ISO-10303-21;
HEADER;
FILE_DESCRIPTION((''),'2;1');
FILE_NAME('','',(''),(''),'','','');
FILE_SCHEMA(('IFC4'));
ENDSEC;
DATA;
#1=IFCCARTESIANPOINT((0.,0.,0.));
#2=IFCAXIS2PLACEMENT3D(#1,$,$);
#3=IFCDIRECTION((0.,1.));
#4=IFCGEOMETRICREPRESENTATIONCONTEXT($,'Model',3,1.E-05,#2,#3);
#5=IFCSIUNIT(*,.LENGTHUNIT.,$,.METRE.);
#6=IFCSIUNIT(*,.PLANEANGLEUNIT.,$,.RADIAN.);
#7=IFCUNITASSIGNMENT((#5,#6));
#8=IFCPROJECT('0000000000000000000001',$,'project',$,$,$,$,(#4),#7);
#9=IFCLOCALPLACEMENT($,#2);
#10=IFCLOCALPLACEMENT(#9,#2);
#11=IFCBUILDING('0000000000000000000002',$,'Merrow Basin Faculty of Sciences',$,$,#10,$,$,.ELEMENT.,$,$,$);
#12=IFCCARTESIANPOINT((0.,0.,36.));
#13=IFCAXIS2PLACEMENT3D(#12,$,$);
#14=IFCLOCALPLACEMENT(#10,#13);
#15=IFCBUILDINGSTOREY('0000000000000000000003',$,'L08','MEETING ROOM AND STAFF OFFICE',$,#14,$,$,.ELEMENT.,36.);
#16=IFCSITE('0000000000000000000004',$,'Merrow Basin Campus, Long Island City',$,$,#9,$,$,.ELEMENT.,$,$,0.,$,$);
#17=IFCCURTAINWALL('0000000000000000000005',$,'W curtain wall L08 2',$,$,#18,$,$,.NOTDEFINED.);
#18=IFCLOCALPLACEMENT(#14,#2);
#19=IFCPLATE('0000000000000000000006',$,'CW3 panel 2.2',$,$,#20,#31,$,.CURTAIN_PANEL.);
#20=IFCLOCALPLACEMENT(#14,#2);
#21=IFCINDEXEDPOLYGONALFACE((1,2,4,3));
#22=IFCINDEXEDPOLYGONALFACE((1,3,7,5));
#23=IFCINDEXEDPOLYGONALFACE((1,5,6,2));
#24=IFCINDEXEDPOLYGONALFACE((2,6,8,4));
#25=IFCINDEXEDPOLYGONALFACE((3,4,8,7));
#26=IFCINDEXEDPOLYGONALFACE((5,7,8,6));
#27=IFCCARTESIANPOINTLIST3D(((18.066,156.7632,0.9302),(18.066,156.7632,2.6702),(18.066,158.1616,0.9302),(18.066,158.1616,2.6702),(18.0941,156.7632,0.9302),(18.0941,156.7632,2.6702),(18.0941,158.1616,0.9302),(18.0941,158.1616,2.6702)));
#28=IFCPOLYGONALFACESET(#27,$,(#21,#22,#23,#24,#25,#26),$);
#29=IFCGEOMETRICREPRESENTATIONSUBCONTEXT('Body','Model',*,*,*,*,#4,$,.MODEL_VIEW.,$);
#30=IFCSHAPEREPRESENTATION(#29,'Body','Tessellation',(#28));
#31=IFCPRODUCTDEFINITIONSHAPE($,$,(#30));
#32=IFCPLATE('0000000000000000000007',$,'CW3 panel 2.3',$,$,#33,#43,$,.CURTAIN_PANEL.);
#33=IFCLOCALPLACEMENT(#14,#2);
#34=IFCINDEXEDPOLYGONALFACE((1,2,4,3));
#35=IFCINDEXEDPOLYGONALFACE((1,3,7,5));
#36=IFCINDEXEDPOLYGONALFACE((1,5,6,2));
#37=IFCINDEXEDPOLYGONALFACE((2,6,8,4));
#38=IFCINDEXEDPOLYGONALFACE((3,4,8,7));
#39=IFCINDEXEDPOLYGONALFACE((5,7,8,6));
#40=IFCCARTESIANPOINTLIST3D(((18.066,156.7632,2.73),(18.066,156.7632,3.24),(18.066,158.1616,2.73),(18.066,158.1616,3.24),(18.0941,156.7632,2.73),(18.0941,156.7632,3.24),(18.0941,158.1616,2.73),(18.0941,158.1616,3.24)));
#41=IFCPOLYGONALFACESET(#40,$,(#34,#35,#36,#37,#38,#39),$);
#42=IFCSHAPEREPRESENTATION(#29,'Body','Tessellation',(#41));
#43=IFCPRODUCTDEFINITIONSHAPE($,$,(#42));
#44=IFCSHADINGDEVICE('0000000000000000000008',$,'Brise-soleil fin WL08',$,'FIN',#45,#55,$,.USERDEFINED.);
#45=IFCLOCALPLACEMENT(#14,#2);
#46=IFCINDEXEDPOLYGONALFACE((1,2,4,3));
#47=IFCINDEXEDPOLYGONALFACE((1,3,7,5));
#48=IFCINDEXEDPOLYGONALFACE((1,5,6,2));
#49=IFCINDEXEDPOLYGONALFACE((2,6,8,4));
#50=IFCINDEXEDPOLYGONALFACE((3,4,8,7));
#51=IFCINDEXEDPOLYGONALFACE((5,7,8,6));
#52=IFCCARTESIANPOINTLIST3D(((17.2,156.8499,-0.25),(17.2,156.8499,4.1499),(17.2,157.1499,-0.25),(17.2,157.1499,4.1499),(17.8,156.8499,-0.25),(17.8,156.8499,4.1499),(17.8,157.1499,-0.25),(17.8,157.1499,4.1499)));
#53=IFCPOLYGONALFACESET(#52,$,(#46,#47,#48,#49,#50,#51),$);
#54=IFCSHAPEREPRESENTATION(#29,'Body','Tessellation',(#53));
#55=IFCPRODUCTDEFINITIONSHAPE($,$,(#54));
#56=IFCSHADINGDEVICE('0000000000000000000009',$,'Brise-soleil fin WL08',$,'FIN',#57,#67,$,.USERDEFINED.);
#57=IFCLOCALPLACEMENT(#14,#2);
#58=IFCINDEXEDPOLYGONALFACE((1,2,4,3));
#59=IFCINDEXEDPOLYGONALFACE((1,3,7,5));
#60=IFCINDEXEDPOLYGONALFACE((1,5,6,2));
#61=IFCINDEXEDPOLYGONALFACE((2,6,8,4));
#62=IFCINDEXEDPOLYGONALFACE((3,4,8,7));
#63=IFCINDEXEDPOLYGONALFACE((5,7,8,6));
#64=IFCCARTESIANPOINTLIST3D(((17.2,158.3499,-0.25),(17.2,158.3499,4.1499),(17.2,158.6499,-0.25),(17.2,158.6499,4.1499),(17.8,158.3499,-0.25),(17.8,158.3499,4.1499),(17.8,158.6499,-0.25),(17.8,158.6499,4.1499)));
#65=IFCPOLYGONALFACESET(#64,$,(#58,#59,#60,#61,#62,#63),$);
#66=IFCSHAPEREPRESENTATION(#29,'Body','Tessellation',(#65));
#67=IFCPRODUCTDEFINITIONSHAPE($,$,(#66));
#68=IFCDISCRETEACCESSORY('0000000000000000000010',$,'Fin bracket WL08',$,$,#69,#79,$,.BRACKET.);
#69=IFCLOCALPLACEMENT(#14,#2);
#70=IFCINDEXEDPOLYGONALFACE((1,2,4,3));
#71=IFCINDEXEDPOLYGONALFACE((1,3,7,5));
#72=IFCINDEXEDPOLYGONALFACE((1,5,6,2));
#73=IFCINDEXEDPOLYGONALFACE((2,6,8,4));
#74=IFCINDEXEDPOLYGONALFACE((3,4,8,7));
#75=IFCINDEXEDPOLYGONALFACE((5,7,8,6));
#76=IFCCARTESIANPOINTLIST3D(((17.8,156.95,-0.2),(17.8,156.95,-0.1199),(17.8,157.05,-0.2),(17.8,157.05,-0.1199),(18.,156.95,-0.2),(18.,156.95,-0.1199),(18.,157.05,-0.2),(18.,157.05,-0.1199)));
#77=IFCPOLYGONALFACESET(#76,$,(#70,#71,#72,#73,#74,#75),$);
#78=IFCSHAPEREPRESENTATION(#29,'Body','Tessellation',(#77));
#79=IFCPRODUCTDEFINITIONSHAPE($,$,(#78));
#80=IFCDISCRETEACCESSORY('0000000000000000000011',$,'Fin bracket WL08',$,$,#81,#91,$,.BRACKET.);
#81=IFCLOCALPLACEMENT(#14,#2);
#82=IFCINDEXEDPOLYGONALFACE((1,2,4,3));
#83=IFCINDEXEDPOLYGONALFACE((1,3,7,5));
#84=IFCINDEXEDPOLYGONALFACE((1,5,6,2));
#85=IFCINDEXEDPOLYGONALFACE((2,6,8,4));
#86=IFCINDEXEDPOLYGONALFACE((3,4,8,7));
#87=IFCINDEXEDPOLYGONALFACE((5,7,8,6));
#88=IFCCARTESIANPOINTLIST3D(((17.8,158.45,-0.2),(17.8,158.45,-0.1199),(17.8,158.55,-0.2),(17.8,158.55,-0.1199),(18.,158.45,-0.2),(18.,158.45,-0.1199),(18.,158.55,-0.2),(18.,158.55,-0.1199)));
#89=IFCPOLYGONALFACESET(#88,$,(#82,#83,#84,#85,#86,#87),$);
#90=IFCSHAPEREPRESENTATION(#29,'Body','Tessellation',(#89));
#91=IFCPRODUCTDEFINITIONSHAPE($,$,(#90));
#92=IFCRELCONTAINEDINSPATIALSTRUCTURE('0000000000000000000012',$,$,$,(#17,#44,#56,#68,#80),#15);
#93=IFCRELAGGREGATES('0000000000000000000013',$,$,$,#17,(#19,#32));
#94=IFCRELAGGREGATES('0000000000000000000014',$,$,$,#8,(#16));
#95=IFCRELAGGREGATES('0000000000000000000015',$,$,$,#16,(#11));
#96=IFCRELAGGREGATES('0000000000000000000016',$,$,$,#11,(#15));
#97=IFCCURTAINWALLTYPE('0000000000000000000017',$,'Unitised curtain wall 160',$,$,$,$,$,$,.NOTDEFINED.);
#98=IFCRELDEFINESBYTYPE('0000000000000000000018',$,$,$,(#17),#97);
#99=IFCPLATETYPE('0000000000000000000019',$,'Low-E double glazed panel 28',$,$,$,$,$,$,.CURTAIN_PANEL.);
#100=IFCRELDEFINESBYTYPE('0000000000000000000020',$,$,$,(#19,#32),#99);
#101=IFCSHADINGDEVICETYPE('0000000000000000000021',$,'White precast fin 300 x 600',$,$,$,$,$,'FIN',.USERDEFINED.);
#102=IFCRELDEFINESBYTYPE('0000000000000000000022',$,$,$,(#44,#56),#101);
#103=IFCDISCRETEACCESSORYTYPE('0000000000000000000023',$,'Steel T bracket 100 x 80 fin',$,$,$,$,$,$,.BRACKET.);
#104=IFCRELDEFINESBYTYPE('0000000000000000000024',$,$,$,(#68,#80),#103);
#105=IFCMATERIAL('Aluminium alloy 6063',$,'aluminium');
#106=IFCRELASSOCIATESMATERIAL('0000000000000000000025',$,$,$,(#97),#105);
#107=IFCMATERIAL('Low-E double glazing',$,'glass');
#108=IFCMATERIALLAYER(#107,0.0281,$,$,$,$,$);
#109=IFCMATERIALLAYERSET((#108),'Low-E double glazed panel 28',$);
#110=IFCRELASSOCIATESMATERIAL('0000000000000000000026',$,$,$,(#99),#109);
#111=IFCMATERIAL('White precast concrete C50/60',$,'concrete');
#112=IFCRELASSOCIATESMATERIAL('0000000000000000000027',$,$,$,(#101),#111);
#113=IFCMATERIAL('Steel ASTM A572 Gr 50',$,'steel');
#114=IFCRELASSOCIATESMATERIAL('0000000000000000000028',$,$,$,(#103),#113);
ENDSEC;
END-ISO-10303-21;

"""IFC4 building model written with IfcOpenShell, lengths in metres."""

from ifc_helpers import new_model, si_unit, direction, frame, origin, origin_2d, place, context, subcontext, project, spatial, polyline, rectangle, outline, extrude, source, transform, mapped, material, layer, layer_set, type_object, element, aggregate, save


model = new_model("IFC4")

# Units and contexts
model_context = context("Model", 3, precision=1e-05, world=origin(), true_north=direction((0.0, 1.0)))
body_context = subcontext(model_context, "Body", "Model", "MODEL_VIEW")
ifc_project = project(units=[si_unit("LENGTHUNIT", "METRE"), si_unit("PLANEANGLEUNIT", "RADIAN")], contexts=[model_context])

# Site, building, storey
site_placement = place(None, origin())
site = spatial("IfcSite", under=ifc_project, at=site_placement, Name="Merrow Basin Campus, Long Island City", CompositionType="ELEMENT", RefElevation=0.0)
building_placement = place(site_placement, origin())
building = spatial("IfcBuilding", under=site, at=building_placement, Name="Merrow Basin Faculty of Sciences", CompositionType="ELEMENT")
storey_placement = place(building_placement, frame((0.0, 0.0, 36.0)))
storey = spatial("IfcBuildingStorey", under=building, at=storey_placement, Name="L08", Description="MEETING ROOM AND STAFF OFFICE", CompositionType="ELEMENT", Elevation=36.0)

# Curtain wall, plates
ifc_material_1 = material(Name="Aluminium alloy 6063", Category="aluminium")
curtain_wall_type = type_object("IfcCurtainWallType", Name="Unitised curtain wall 160", PredefinedType="NOTDEFINED", material=ifc_material_1)
curtain_wall_placement = place(storey_placement, origin())
curtain_wall = element("IfcCurtainWall", 1, at=curtain_wall_placement, inside=storey, type_object=curtain_wall_type, Name="W curtain wall L08 2", PredefinedType="NOTDEFINED")
ifc_material_2 = material(Name="Low-E double glazing", Category="glass")
ifc_layer_1 = layer(ifc_material_2, 0.0281)
ifc_layer_set_1 = layer_set([ifc_layer_1], Name="Low-E double glazed panel 28")
plate_type_1 = type_object("IfcPlateType", Name="Low-E double glazed panel 28", PredefinedType="CURTAIN_PANEL", material=ifc_layer_set_1)
plate_1_placement = place(storey_placement, frame((18.0801, 157.4624, 0.9302), z_axis=(0.0, 0.0, 1.0), x_axis=(0.0, 1.0, 0.0)))
plate_1 = element("IfcPlate", 2, at=plate_1_placement, type_object=plate_type_1, Name="CW3 panel 2.2", PredefinedType="CURTAIN_PANEL", context=body_context, shape_type="SweptSolid", body=[
    extrude(rectangle(XDim=1.3984, YDim=0.0281, at=origin_2d()), origin(), (0.0, 0.0, 1.0), 1.74),
])
plate_2_placement = place(storey_placement, frame((18.0801, 157.4624, 2.73), z_axis=(0.0, 0.0, 1.0), x_axis=(0.0, 1.0, 0.0)))
plate_2 = element("IfcPlate", 3, at=plate_2_placement, type_object=plate_type_1, Name="CW3 panel 2.3", PredefinedType="CURTAIN_PANEL", context=body_context, shape_type="SweptSolid", body=[
    extrude(rectangle(XDim=1.3984, YDim=0.0281, at=origin_2d()), origin(), (0.0, 0.0, 1.0), 0.51),
])
aggregate(curtain_wall, [plate_1, plate_2])

# Shading devices
ifc_material_3 = material(Name="White precast concrete C50/60", Category="concrete")
shading_device_type = type_object("IfcShadingDeviceType", Name="White precast fin 300 x 600", ElementType="FIN", PredefinedType="USERDEFINED", material=ifc_material_3)
shared_shape_1 = source(origin(), body_context, "Body", "SweptSolid", [
    extrude(outline(polyline([(0.0, 0.0), (0.3, 0.0), (0.3, 4.3999), (0.0, 4.3999), (0.0, 0.0)])), origin(), (0.0, 0.0, 1.0), 0.6001),
])
for number, where, z_axis, x_axis, name in (
    (4, (17.8, 157.1499, -0.25), (-1.0, 0.0, 0.0), (0.0, -1.0, 0.0), "Brise-soleil fin WL08"),
    (5, (17.8, 158.6499, -0.25), (-1.0, 0.0, 0.0), (0.0, -1.0, 0.0), "Brise-soleil fin WL08"),
):
    element("IfcShadingDevice", number, at=place(storey_placement, frame(where, z_axis=z_axis, x_axis=x_axis)), inside=storey, type_object=shading_device_type, Name=name, ObjectType="FIN", PredefinedType="USERDEFINED", context=body_context, shape_type="MappedRepresentation", body=[
        mapped(shared_shape_1, transform((0.0, 0.0, 0.0), scale=1.0)),
    ])

# Discrete accessories
ifc_material_4 = material(Name="Steel ASTM A572 Gr 50", Category="steel")
discrete_accessory_type = type_object("IfcDiscreteAccessoryType", Name="Steel T bracket 100 x 80 fin", PredefinedType="BRACKET", material=ifc_material_4)
shared_shape_2 = source(origin(), body_context, "Body", "SweptSolid", [
    extrude(outline(polyline([(0.0, 0.0), (0.1001, 0.0), (0.1001, 0.0801), (0.0, 0.0801), (0.0, 0.0)])), origin(), (0.0, 0.0, 1.0), 0.2),
])
for number, where, z_axis, x_axis, name in (
    (6, (18.0, 157.05, -0.2), (-1.0, 0.0, 0.0), (0.0, -1.0, 0.0), "Fin bracket WL08"),
    (7, (18.0, 158.55, -0.2), (-1.0, 0.0, 0.0), (0.0, -1.0, 0.0), "Fin bracket WL08"),
):
    element("IfcDiscreteAccessory", number, at=place(storey_placement, frame(where, z_axis=z_axis, x_axis=x_axis)), inside=storey, type_object=discrete_accessory_type, Name=name, PredefinedType="BRACKET", context=body_context, shape_type="MappedRepresentation", body=[
        mapped(shared_shape_2, transform((0.0, 0.0, 0.0), scale=1.0)),
    ])

save(model, "model.ifc")
